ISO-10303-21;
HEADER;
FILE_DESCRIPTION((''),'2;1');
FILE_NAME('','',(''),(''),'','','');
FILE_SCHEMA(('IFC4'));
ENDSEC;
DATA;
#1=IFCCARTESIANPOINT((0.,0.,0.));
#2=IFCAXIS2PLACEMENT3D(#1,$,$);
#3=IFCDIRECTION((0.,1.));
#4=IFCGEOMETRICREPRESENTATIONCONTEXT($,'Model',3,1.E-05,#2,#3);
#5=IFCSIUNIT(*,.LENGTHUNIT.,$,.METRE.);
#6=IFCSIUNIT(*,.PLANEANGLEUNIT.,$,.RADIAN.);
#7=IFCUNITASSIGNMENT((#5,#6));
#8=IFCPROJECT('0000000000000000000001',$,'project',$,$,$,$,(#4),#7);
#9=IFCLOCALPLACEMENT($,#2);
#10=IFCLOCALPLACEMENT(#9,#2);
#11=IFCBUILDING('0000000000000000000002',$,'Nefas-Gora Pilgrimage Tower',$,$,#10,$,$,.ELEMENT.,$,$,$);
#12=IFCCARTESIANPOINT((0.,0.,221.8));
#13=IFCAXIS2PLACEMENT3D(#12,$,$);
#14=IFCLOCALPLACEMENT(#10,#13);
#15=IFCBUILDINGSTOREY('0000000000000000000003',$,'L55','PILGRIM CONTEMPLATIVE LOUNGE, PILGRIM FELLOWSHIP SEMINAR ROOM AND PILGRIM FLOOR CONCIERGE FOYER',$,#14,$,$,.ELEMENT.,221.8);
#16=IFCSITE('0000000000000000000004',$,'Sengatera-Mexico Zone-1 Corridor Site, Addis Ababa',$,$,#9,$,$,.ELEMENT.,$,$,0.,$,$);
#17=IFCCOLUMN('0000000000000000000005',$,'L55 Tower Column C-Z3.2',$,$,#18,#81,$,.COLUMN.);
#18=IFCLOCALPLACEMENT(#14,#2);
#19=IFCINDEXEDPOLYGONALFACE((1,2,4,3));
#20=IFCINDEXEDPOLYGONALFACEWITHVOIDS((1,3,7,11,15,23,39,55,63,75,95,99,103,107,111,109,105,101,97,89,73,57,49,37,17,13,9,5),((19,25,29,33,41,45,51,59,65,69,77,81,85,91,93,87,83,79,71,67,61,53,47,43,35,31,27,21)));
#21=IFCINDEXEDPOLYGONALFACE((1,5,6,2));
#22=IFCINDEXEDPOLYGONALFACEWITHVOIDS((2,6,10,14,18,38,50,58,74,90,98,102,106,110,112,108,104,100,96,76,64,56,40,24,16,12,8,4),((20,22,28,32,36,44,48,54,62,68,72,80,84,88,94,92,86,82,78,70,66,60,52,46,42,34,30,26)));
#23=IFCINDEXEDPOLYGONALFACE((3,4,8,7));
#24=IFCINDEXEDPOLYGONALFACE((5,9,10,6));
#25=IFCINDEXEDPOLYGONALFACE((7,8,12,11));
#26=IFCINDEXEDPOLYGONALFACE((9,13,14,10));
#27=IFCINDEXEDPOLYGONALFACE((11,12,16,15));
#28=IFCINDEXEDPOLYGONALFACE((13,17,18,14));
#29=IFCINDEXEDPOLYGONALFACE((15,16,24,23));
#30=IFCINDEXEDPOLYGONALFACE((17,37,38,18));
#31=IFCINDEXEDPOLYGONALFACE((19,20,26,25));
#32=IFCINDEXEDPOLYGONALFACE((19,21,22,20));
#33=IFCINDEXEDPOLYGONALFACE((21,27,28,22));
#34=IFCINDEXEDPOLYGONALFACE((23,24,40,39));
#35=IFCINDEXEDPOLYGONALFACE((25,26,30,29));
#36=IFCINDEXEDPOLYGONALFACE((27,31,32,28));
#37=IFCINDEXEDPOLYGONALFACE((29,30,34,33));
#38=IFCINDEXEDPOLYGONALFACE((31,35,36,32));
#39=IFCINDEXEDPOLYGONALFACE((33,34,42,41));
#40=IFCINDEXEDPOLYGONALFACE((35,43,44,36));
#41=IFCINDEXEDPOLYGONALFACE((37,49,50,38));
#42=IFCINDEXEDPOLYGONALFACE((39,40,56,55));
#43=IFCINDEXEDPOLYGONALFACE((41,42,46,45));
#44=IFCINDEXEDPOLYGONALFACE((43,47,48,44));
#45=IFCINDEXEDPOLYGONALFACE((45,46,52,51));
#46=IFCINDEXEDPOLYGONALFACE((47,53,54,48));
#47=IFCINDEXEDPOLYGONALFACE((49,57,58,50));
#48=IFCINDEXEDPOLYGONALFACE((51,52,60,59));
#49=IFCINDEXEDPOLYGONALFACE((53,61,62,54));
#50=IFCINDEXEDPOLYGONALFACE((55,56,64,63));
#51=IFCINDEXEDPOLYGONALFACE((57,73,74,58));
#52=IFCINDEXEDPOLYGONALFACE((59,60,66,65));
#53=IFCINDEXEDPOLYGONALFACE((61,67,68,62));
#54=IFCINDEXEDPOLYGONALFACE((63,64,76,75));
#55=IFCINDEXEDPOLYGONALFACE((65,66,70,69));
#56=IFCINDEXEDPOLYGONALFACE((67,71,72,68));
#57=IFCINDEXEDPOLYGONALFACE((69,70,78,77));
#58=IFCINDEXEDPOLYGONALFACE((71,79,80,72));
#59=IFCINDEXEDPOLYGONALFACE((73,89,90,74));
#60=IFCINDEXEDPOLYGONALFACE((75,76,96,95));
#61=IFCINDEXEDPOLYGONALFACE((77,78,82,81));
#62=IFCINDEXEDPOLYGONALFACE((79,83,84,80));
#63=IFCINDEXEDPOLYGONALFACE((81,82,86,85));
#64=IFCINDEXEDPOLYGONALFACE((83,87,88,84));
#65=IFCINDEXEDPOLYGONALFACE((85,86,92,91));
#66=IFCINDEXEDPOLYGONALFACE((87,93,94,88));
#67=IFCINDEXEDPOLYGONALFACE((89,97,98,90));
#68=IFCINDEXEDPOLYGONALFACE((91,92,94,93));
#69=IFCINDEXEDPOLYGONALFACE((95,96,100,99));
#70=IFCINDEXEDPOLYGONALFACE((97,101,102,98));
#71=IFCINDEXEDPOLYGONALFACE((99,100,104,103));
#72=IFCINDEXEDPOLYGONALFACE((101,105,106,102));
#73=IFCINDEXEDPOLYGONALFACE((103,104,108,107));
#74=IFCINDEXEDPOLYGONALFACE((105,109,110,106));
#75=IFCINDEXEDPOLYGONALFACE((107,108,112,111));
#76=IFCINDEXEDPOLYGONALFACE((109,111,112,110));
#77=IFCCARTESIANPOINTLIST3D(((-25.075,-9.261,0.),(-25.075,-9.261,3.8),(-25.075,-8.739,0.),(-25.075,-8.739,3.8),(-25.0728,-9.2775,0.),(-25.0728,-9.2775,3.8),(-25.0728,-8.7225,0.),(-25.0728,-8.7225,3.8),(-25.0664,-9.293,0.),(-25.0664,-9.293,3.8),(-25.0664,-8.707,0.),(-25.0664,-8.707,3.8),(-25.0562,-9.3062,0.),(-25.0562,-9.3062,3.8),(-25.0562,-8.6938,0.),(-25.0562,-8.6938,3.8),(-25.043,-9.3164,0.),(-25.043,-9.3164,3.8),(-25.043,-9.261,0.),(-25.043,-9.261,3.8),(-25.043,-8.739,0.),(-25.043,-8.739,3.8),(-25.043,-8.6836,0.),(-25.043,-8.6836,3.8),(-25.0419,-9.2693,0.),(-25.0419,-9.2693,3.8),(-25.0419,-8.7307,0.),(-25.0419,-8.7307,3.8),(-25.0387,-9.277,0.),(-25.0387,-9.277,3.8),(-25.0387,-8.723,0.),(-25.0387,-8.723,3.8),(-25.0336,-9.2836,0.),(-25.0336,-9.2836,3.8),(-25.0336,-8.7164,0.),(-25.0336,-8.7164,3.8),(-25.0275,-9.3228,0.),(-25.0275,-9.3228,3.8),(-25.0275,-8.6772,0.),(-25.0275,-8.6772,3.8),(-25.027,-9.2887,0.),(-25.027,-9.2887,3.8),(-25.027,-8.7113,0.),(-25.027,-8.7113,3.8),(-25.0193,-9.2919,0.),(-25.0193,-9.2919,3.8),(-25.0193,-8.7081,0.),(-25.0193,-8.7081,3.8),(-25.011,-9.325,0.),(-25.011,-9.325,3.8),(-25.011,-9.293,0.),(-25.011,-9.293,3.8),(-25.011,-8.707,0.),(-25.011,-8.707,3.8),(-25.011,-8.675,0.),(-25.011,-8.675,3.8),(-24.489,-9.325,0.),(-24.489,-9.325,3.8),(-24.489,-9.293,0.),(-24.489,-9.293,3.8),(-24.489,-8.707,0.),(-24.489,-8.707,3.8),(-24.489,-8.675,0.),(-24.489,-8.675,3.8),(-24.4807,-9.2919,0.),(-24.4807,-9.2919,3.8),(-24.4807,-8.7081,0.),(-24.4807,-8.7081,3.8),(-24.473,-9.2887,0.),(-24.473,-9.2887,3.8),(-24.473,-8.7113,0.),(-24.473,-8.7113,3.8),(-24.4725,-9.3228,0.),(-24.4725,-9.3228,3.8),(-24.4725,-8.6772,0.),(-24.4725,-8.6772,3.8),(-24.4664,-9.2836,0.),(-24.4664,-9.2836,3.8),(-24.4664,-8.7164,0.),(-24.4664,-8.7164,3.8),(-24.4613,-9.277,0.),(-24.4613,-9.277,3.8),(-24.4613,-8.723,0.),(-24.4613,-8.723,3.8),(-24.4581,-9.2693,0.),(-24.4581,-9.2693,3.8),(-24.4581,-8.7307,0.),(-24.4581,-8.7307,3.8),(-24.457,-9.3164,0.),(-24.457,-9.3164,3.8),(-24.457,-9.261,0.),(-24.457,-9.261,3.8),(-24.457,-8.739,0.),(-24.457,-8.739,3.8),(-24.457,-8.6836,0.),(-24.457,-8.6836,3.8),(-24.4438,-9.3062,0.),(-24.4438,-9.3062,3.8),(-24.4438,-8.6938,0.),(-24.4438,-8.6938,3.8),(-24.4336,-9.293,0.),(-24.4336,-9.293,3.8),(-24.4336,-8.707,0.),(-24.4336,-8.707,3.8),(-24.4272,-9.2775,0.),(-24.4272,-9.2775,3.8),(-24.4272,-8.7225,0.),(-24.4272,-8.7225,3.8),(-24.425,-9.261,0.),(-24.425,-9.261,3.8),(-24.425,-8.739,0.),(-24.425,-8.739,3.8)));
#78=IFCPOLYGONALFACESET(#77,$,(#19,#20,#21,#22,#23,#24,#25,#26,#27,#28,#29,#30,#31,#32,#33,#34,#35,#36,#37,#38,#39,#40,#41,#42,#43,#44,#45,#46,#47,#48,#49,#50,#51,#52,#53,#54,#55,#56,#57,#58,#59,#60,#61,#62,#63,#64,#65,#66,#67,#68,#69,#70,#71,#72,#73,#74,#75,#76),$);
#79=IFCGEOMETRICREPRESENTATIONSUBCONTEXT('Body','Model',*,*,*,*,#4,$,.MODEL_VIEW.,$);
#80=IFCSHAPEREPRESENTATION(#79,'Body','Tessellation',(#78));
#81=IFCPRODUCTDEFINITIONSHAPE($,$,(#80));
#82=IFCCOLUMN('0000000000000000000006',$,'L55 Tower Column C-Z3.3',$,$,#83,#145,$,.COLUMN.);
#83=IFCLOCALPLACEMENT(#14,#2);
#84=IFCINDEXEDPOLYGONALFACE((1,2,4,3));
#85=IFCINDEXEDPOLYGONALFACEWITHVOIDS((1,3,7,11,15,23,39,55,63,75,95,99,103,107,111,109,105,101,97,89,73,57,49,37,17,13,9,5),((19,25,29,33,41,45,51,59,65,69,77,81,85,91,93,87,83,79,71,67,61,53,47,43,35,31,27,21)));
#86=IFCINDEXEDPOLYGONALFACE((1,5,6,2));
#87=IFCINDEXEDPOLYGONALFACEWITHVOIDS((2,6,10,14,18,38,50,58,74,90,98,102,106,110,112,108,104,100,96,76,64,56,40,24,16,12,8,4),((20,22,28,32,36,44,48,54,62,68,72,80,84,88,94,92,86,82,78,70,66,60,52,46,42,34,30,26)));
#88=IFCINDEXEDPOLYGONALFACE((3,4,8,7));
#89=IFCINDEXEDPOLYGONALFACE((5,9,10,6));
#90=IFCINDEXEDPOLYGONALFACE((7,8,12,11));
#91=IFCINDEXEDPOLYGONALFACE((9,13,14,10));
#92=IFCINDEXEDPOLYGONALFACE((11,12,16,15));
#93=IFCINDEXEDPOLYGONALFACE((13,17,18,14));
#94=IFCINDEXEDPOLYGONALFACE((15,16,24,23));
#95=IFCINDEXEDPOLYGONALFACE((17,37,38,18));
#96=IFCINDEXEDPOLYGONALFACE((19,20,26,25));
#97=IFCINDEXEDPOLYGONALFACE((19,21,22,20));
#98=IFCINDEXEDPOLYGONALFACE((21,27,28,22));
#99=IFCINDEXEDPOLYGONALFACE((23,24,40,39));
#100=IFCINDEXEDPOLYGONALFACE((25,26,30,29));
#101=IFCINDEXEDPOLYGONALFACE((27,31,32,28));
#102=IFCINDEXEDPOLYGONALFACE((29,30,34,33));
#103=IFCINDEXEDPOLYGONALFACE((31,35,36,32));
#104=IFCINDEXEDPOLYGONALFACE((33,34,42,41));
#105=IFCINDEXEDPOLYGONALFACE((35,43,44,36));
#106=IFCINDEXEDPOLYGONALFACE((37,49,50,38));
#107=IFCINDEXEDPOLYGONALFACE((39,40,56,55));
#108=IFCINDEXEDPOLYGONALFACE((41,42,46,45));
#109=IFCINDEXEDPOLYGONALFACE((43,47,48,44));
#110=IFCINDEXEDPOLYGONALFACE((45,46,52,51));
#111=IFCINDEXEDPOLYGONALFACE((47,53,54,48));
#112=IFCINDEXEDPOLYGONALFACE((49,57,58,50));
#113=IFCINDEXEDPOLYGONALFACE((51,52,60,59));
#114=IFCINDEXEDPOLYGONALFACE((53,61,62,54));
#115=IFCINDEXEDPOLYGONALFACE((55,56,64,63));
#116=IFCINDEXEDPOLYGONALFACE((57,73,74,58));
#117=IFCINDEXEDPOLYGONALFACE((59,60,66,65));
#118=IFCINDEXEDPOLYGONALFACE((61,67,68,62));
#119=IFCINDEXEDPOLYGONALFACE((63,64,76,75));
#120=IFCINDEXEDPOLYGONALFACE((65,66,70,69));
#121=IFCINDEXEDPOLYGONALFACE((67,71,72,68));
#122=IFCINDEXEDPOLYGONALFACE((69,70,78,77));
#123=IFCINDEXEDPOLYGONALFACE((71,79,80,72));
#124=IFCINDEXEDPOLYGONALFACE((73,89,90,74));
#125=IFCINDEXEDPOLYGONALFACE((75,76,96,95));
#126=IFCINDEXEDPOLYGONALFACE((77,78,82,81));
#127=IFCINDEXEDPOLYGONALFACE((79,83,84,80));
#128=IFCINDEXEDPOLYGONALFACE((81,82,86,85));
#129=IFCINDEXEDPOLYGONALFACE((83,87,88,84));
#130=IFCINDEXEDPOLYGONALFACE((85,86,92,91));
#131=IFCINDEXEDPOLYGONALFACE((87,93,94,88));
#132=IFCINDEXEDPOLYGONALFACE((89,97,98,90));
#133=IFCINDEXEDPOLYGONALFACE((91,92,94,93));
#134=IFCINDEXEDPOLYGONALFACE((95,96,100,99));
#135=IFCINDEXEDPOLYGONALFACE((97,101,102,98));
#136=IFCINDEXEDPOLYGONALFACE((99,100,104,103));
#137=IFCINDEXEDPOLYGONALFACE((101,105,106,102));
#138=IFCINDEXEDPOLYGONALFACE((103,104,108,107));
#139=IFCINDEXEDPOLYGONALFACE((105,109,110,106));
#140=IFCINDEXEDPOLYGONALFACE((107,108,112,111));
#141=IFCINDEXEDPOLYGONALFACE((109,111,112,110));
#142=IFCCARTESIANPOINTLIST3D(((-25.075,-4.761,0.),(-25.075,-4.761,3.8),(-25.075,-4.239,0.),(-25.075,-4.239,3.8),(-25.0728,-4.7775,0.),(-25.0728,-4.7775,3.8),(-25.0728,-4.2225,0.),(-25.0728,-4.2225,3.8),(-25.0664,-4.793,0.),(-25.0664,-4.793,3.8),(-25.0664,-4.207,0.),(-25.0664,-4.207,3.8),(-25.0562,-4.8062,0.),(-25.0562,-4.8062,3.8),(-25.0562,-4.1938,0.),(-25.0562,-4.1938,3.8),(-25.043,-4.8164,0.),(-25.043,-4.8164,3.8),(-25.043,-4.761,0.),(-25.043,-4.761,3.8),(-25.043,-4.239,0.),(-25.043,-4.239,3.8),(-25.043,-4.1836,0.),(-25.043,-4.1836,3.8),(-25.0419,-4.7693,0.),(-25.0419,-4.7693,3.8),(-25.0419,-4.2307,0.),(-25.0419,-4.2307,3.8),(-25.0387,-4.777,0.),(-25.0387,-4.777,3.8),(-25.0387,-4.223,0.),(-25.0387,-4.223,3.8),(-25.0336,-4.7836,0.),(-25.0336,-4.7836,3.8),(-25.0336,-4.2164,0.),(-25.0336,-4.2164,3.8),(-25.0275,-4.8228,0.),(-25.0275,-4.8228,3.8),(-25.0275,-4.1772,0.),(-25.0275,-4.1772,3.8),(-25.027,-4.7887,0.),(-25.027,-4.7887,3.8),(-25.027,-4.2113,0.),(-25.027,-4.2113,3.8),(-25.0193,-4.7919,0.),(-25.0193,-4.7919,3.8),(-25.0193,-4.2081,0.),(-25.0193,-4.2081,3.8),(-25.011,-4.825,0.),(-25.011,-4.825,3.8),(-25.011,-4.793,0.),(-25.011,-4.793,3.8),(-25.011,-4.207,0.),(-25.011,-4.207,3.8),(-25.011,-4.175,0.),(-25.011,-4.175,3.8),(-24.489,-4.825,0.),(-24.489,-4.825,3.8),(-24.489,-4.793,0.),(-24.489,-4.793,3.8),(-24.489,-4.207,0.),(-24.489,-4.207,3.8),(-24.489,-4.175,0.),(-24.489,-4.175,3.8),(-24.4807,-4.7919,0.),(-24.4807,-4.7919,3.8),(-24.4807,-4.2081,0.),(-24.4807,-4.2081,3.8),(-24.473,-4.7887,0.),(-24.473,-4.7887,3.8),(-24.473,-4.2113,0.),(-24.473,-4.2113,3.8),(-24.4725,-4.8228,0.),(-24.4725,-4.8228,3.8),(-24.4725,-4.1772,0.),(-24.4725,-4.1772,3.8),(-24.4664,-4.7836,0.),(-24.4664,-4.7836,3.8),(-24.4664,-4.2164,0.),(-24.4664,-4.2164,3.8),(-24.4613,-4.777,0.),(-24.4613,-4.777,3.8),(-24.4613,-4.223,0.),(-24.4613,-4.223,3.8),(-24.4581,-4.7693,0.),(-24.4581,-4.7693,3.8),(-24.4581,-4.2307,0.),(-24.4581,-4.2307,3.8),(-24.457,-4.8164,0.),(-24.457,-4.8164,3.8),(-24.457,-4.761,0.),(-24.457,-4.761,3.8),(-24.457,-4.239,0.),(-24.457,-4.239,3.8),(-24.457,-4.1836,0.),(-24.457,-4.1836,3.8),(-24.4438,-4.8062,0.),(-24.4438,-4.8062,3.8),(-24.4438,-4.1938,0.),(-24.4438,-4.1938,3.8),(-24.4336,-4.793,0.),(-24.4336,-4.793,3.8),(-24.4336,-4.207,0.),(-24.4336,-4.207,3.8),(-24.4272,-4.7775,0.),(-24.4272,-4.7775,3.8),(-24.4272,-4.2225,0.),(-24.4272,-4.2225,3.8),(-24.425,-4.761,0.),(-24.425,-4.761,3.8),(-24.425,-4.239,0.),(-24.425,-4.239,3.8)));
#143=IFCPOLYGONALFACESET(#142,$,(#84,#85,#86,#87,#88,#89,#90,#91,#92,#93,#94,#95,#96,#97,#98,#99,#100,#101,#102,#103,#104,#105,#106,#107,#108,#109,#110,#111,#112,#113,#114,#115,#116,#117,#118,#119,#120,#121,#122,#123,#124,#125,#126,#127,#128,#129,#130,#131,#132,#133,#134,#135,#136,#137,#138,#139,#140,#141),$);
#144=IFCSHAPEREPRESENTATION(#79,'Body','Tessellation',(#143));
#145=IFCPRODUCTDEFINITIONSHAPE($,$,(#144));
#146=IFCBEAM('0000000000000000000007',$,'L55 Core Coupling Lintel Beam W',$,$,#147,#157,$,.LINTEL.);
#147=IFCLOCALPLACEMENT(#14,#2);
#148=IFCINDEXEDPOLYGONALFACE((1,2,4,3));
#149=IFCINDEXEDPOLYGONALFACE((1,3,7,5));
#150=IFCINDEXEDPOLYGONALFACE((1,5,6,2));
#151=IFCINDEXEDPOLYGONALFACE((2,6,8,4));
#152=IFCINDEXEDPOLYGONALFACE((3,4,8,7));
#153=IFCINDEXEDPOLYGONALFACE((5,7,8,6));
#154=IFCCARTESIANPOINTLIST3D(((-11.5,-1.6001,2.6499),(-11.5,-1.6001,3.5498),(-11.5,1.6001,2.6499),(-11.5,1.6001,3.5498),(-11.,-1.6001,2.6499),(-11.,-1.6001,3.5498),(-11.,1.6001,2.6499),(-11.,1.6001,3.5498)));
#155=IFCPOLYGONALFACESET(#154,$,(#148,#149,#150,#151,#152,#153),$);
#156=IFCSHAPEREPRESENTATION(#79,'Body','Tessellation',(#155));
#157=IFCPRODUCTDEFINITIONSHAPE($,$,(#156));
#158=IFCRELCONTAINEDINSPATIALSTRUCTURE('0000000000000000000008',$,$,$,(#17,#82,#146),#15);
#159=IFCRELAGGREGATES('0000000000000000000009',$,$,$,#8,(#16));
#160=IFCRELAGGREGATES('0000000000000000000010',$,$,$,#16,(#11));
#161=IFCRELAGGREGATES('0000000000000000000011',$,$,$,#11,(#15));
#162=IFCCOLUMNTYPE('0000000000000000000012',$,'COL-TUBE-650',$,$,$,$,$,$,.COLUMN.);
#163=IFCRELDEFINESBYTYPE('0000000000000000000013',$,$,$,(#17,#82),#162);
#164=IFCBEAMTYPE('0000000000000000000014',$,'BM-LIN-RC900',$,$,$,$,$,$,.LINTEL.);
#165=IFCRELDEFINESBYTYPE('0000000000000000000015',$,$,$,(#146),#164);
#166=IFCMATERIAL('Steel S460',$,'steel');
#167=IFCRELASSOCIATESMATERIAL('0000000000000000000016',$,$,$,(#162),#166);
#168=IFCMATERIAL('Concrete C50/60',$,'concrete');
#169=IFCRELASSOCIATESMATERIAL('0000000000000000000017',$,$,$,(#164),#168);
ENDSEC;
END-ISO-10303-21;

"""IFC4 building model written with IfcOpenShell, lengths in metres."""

from ifc_helpers import new_model, si_unit, direction, frame, origin, origin_2d, place, context, subcontext, project, spatial, rectangle, hollow_rectangle, extrude, source, transform, mapped, material, material_profile, profile_set, type_object, element, save


model = new_model("IFC4")

# Units and contexts
model_context = context("Model", 3, precision=1e-05, world=origin(), true_north=direction((0.0, 1.0)))
body_context = subcontext(model_context, "Body", "Model", "MODEL_VIEW")
ifc_project = project(units=[si_unit("LENGTHUNIT", "METRE"), si_unit("PLANEANGLEUNIT", "RADIAN")], contexts=[model_context])

# Site, building, storey
site_placement = place(None, origin())
site = spatial("IfcSite", under=ifc_project, at=site_placement, Name="Sengatera-Mexico Zone-1 Corridor Site, Addis Ababa", CompositionType="ELEMENT", RefElevation=0.0)
building_placement = place(site_placement, origin())
building = spatial("IfcBuilding", under=site, at=building_placement, Name="Nefas-Gora Pilgrimage Tower", CompositionType="ELEMENT")
storey_placement = place(building_placement, frame((0.0, 0.0, 221.8)))
storey = spatial("IfcBuildingStorey", under=building, at=storey_placement, Name="L55", Description="PILGRIM CONTEMPLATIVE LOUNGE, PILGRIM FELLOWSHIP SEMINAR ROOM AND PILGRIM FLOOR CONCIERGE FOYER", CompositionType="ELEMENT", Elevation=221.8)

# Columns
ifc_material_1 = material(Name="Steel S460", Category="steel")
ifc_material_profile_1 = material_profile(ifc_material_1, hollow_rectangle(XDim=0.6499, YDim=0.6499, WallThickness=0.032, InnerFilletRadius=0.032, OuterFilletRadius=0.064, at=origin_2d()), Name="BOX 650x650x32")
ifc_profile_set_1 = profile_set([ifc_material_profile_1], Name="Steel S460")
column_type_1 = type_object("IfcColumnType", Name="COL-TUBE-650", PredefinedType="COLUMN", material=ifc_profile_set_1)
shared_shape_1 = source(origin(), body_context, "Body", "SweptSolid", [
    extrude(hollow_rectangle(XDim=0.6499, YDim=0.6499, WallThickness=0.032, InnerFilletRadius=0.032, OuterFilletRadius=0.064, at=origin_2d()), origin(), (0.0, 0.0, 1.0), 3.8),
])
for number, where, z_axis, x_axis, name in (
    (1, (-24.75, -9.0, 0.0), (0.0, 0.0, 1.0), (1.0, 0.0, 0.0), "L55 Tower Column C-Z3.2"),
    (2, (-24.75, -4.5, 0.0), (0.0, 0.0, 1.0), (1.0, 0.0, 0.0), "L55 Tower Column C-Z3.3"),
):
    element("IfcColumn", number, at=place(storey_placement, frame(where, z_axis=z_axis, x_axis=x_axis)), inside=storey, type_object=column_type_1, Name=name, PredefinedType="COLUMN", context=body_context, shape_type="MappedRepresentation", body=[
        mapped(shared_shape_1, transform((0.0, 0.0, 0.0), x_axis=(1.0, 0.0, 0.0), y_axis=(0.0, 1.0, 0.0), z_axis=(0.0, 0.0, 1.0), scale=1.0)),
    ])

# Beam
ifc_material_2 = material(Name="Concrete C50/60", Category="concrete")
ifc_material_profile_2 = material_profile(ifc_material_2, rectangle(XDim=0.5, YDim=0.8999, at=origin_2d()), Name="RC 500x900")
ifc_profile_set_2 = profile_set([ifc_material_profile_2], Name="Concrete C50/60")
beam_type_1 = type_object("IfcBeamType", Name="BM-LIN-RC900", PredefinedType="LINTEL", material=ifc_profile_set_2)
shared_shape_2 = source(origin(), body_context, "Body", "SweptSolid", [
    extrude(rectangle(XDim=0.5, YDim=0.8999, at=origin_2d()), origin(), (0.0, 0.0, 1.0), 3.2002),
])
beam_placement = place(storey_placement, frame((-11.25, -1.6001, 3.0999), z_axis=(0.0, 1.0, 0.0), x_axis=(-1.0, 0.0, 0.0)))
element("IfcBeam", 3, at=beam_placement, inside=storey, type_object=beam_type_1, Name="L55 Core Coupling Lintel Beam W", PredefinedType="LINTEL", context=body_context, shape_type="MappedRepresentation", body=[
    mapped(shared_shape_2, transform((0.0, 0.0, 0.0), x_axis=(1.0, 0.0, 0.0), y_axis=(0.0, 1.0, 0.0), z_axis=(0.0, 0.0, 1.0), scale=1.0)),
])

save(model, "model.ifc")
